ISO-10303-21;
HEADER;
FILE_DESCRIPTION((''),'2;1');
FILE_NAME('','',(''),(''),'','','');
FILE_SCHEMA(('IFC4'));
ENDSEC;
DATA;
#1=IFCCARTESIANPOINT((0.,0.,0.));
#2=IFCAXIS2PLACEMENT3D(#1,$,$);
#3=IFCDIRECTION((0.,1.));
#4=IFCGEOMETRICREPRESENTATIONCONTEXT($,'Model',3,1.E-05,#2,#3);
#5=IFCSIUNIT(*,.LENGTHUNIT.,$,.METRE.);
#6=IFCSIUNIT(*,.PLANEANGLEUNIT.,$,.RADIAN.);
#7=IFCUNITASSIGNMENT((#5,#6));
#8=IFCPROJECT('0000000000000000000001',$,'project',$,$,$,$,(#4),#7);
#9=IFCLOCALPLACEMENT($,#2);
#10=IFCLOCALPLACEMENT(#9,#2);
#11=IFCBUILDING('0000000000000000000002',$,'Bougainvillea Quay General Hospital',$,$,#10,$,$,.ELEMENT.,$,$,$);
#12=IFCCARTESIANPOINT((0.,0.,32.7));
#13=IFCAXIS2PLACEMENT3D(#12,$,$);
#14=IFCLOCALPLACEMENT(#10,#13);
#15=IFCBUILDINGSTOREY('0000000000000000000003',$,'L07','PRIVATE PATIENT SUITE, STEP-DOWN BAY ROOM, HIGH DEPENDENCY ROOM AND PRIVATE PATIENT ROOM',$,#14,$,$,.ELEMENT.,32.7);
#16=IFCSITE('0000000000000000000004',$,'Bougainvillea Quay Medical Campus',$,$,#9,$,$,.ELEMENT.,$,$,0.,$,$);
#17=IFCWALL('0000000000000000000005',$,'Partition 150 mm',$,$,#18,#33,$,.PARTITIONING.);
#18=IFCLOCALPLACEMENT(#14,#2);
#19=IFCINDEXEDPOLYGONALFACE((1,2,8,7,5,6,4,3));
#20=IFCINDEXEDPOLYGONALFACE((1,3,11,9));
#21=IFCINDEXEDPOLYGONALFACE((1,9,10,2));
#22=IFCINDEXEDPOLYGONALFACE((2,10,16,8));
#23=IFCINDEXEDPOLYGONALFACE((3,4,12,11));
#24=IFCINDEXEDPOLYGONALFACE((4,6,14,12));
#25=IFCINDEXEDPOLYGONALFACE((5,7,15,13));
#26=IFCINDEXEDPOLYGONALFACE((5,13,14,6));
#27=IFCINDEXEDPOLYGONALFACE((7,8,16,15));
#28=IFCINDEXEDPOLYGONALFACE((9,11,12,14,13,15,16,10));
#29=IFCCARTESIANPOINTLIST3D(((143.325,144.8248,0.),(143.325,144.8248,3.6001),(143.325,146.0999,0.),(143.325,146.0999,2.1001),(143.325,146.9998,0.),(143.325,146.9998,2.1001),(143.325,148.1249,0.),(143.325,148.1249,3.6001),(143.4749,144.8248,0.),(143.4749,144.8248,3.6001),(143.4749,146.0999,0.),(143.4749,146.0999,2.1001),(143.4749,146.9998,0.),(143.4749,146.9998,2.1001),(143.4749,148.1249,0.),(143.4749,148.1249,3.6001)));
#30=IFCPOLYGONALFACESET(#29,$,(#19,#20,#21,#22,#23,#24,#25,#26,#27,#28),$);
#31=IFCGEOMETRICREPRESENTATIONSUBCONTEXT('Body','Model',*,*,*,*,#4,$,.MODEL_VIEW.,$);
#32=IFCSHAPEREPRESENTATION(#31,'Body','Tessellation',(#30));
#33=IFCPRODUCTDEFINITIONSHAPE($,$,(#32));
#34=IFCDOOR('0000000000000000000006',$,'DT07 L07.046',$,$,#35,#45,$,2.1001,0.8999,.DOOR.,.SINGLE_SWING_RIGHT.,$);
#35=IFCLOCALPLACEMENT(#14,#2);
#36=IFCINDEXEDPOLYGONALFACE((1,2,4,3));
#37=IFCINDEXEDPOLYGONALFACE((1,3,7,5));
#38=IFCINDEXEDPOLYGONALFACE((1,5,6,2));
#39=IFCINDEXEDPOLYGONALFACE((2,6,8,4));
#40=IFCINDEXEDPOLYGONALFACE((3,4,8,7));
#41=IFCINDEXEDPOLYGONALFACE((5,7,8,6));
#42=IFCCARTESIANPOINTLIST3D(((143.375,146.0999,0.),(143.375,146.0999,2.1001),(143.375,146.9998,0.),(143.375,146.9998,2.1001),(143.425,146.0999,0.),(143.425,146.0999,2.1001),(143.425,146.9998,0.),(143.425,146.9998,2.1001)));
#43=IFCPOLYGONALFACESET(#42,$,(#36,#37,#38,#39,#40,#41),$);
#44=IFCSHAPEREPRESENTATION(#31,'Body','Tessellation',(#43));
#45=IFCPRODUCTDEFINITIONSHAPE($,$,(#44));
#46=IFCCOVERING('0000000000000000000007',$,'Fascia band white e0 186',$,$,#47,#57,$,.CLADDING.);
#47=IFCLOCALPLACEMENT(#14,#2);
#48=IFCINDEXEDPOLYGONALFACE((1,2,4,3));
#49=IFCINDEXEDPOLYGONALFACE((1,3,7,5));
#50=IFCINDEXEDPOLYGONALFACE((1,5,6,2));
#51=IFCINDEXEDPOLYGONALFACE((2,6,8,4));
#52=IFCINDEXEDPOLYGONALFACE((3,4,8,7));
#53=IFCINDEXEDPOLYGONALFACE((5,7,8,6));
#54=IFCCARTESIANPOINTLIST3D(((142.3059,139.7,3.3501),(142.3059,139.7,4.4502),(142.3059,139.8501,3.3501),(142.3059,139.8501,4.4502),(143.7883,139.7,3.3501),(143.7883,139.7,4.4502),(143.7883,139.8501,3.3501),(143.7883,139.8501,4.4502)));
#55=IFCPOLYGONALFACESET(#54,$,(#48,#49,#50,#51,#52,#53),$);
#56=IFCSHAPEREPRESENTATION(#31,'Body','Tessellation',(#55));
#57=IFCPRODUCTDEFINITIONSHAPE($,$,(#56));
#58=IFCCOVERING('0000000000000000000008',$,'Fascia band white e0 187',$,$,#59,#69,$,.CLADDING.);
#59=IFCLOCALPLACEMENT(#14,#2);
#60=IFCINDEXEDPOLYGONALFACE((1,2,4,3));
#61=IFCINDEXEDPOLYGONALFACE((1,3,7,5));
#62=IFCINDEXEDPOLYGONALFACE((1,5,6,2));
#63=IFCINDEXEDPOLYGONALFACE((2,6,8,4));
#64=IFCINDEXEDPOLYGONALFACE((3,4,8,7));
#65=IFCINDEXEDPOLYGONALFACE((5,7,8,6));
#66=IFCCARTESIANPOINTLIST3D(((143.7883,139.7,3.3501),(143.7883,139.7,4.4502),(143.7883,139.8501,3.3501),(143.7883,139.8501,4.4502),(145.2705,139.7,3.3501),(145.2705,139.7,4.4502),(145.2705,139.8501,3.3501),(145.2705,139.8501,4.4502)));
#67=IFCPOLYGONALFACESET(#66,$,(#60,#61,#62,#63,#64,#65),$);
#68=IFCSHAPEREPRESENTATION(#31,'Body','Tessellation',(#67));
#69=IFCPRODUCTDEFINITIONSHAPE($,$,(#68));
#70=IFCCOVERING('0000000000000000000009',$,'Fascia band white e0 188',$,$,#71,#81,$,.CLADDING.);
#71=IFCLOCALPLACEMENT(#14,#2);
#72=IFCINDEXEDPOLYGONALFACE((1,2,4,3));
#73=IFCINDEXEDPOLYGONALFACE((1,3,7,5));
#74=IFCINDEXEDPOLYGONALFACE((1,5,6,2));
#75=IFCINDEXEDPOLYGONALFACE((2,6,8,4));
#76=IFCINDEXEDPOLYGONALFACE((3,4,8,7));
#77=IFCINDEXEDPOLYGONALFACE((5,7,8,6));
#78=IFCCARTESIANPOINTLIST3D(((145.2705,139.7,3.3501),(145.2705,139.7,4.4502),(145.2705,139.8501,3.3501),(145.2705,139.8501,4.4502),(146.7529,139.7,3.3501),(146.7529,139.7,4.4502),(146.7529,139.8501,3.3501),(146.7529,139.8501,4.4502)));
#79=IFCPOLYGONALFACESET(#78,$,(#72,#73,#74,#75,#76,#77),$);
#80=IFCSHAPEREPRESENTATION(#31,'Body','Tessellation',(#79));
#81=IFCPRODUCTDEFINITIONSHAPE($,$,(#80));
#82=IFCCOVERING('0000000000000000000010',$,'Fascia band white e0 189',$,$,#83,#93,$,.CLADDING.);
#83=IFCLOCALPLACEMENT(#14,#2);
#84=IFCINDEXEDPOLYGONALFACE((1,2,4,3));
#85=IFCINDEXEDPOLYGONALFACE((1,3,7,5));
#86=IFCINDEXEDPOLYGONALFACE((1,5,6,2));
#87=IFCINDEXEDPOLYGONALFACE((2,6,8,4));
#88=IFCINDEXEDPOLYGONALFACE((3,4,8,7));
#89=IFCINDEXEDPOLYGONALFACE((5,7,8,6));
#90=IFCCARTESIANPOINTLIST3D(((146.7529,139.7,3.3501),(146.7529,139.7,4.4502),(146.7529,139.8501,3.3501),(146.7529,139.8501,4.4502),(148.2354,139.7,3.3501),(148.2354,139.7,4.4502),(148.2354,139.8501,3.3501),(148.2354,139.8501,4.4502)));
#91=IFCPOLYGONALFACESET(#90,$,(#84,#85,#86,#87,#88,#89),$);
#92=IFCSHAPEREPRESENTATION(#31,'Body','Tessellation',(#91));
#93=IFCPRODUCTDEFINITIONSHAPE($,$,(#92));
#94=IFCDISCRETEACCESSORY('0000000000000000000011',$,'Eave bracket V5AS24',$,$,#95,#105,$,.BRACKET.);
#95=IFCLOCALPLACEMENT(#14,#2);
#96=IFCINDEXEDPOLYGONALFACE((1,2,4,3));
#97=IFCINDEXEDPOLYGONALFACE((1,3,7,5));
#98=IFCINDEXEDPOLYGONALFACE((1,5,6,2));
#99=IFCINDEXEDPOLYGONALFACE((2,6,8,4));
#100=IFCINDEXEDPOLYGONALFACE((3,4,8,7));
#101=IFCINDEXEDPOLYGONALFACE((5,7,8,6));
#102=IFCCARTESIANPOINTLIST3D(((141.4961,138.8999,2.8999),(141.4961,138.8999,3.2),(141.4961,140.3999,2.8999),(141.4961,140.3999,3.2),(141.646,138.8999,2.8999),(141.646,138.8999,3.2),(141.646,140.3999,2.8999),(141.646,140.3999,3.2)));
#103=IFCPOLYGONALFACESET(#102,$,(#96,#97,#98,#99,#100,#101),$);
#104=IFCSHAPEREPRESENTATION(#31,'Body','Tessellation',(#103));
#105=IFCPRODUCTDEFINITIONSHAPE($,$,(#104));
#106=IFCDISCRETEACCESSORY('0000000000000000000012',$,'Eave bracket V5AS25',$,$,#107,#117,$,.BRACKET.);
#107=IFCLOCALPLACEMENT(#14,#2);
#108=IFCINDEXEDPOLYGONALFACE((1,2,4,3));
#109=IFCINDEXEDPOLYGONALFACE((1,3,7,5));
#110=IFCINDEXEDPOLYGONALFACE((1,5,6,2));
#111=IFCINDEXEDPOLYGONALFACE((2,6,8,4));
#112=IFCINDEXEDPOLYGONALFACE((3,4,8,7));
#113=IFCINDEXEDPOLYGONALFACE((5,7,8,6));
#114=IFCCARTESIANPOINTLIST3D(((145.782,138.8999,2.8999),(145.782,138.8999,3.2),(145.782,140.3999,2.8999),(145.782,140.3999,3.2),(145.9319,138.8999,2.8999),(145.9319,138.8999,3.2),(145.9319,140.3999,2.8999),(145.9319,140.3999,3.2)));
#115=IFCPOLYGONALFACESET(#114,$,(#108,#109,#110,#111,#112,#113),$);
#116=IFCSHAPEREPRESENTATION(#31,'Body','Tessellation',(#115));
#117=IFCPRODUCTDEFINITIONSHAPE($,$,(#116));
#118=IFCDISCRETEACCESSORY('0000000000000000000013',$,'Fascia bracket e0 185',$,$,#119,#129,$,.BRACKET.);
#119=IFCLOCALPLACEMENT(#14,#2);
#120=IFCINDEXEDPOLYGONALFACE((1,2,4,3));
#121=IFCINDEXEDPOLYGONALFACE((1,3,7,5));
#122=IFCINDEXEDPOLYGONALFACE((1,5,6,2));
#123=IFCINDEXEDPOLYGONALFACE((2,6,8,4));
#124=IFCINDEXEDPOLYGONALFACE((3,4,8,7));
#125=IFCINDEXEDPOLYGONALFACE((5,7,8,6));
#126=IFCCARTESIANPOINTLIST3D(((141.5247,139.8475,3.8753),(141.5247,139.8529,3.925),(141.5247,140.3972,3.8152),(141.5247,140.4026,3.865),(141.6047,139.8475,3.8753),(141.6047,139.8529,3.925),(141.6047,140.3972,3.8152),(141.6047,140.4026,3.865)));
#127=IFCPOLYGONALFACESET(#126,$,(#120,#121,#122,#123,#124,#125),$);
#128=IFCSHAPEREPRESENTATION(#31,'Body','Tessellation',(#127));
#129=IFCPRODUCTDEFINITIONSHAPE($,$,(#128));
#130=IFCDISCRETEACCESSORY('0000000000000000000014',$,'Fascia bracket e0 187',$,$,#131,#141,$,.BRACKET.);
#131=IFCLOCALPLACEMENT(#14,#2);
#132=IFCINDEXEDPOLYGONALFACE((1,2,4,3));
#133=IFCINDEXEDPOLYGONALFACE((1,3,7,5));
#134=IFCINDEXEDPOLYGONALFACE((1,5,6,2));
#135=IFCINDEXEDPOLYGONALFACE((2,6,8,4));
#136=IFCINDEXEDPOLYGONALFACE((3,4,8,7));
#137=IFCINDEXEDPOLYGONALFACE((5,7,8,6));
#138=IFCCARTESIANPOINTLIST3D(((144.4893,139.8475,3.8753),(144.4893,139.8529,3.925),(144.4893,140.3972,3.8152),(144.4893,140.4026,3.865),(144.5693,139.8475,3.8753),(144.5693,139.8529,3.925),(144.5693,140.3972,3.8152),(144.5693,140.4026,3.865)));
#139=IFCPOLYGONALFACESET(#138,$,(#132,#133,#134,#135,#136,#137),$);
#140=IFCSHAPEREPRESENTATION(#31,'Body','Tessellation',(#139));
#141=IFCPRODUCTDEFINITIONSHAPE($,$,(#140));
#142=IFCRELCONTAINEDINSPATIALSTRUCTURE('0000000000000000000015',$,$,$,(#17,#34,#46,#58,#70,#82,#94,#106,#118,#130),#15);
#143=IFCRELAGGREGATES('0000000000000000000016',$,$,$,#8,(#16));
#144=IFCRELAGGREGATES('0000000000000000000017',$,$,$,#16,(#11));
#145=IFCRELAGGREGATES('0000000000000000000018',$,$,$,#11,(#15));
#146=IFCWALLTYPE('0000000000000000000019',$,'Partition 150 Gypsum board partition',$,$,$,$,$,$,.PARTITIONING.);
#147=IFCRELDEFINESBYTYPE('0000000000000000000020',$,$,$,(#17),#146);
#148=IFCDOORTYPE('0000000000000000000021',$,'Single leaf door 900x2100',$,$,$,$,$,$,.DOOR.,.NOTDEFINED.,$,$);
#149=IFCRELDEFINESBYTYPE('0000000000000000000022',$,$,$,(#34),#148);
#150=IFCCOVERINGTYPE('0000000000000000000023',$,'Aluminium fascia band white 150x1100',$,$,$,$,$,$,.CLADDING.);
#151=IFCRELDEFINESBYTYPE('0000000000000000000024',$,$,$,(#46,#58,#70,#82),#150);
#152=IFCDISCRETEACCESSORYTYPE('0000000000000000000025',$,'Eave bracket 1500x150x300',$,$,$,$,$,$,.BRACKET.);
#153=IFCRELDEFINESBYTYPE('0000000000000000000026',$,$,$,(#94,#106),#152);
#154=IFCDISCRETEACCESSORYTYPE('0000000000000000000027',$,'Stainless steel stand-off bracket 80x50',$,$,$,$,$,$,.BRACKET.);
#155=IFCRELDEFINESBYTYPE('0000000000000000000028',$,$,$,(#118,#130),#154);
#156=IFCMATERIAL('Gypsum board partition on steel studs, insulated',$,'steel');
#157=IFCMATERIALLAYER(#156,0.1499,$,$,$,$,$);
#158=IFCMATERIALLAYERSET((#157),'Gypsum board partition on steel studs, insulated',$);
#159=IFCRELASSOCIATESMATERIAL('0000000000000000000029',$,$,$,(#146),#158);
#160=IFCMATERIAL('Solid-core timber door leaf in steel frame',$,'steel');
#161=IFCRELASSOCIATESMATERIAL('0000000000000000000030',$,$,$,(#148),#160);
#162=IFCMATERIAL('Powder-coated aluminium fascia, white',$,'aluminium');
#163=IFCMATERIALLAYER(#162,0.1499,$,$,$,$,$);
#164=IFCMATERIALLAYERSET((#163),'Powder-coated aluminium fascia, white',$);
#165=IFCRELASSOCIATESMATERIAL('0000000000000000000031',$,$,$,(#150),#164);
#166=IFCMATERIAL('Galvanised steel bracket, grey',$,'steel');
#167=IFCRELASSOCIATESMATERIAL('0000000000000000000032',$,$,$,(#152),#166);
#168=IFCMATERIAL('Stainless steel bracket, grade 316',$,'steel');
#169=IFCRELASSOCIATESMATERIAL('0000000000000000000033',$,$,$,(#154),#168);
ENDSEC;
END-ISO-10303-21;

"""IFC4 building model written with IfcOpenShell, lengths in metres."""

from ifc_helpers import new_model, si_unit, direction, frame, frame_2d, origin, origin_2d, place, context, subcontext, project, spatial, polyline, rectangle, outline, extrude, material, layer, layer_set, material_profile, profile_set, type_object, element, fill, save


model = new_model("IFC4")

# Units and contexts
model_context = context("Model", 3, precision=1e-05, world=origin(), true_north=direction((0.0, 1.0)))
body_context = subcontext(model_context, "Body", "Model", "MODEL_VIEW")
ifc_project = project(units=[si_unit("LENGTHUNIT", "METRE"), si_unit("PLANEANGLEUNIT", "RADIAN")], contexts=[model_context])

# Site, building, storey
site_placement = place(None, origin())
site = spatial("IfcSite", under=ifc_project, at=site_placement, Name="Bougainvillea Quay Medical Campus", CompositionType="ELEMENT", RefElevation=0.0)
building_placement = place(site_placement, origin())
building = spatial("IfcBuilding", under=site, at=building_placement, Name="Bougainvillea Quay General Hospital", CompositionType="ELEMENT")
storey_placement = place(building_placement, frame((0.0, 0.0, 32.7)))
storey = spatial("IfcBuildingStorey", under=building, at=storey_placement, Name="L07", Description="PRIVATE PATIENT SUITE, STEP-DOWN BAY ROOM, HIGH DEPENDENCY ROOM AND PRIVATE PATIENT ROOM", CompositionType="ELEMENT", Elevation=32.7)

# Shared definitions
ifc_material_1 = material(Name="Gypsum board partition on steel studs, insulated", Category="steel")
ifc_layer_1 = layer(ifc_material_1, 0.1499)
ifc_layer_set_1 = layer_set([ifc_layer_1], Name="Gypsum board partition on steel studs, insulated")
wall_type = type_object("IfcWallType", Name="Partition 150 Gypsum board partition", PredefinedType="PARTITIONING", material=ifc_layer_set_1)

# Wall, opening, door
wall_1_placement = place(storey_placement, frame((143.3999, 144.825, 0.0), z_axis=(0.0, 0.0, 1.0), x_axis=(0.0, 1.0, 0.0)))
wall_1 = element("IfcWall", 1, at=wall_1_placement, inside=storey, type_object=wall_type, Name="Partition 150 mm", PredefinedType="PARTITIONING", context=body_context, shape_type="SweptSolid", body=[
    extrude(rectangle(XDim=3.3, YDim=0.1499, at=frame_2d((1.6499, 0.0))), origin(), (0.0, 0.0, 1.0), 3.6001),
])
opening_placement = place(wall_1_placement, frame((1.2749, 0.0, 0.0)))
opening = element("IfcOpeningElement", 2, at=opening_placement, cuts=wall_1, PredefinedType="OPENING", context=body_context, shape_type="SweptSolid", body=[
    extrude(rectangle(XDim=0.8999, YDim=2.1001, at=frame_2d((0.45, 1.05))), frame((0.0, 0.085, 0.0), z_axis=(0.0, -1.0, 0.0), x_axis=(1.0, 0.0, 0.0)), (0.0, 0.0, 1.0), 0.1699),
])
ifc_material_2 = material(Name="Solid-core timber door leaf in steel frame", Category="steel")
door_type = type_object("IfcDoorType", Name="Single leaf door 900x2100", OperationType="NOTDEFINED", PredefinedType="DOOR", material=ifc_material_2)
door_placement = place(opening_placement, origin())
door = element("IfcDoor", 3, at=door_placement, inside=storey, type_object=door_type, Name="DT07 L07.046", OperationType="SINGLE_SWING_RIGHT", OverallHeight=2.1001, OverallWidth=0.8999, PredefinedType="DOOR", context=body_context, shape_type="SweptSolid", body=[
    extrude(rectangle(XDim=0.8999, YDim=2.1001, at=frame_2d((0.45, 1.05))), frame((0.0, 0.0249, 0.0), z_axis=(0.0, -1.0, 0.0), x_axis=(1.0, 0.0, 0.0)), (0.0, 0.0, 1.0), 0.05),
])
fill(opening, door)

# Coverings
ifc_material_3 = material(Name="Powder-coated aluminium fascia, white", Category="aluminium")
ifc_layer_2 = layer(ifc_material_3, 0.1499)
ifc_layer_set_2 = layer_set([ifc_layer_2], Name="Powder-coated aluminium fascia, white")
covering_type = type_object("IfcCoveringType", Name="Aluminium fascia band white 150x1100", PredefinedType="CLADDING", material=ifc_layer_set_2)
covering_1_placement = place(storey_placement, frame((142.3059, 139.8501, 3.3501), z_axis=(0.0, 0.0, 1.0), x_axis=(1.0, 0.0, 0.0)))
element("IfcCovering", 4, at=covering_1_placement, inside=storey, type_object=covering_type, Name="Fascia band white e0 186", PredefinedType="CLADDING", context=body_context, shape_type="SweptSolid", body=[
    extrude(outline(polyline([(0.0, 0.0), (1.4824, 0.0), (1.4824, -0.1501), (0.0, -0.1501), (0.0, 0.0)])), origin(), (0.0, 0.0, 1.0), 1.1001),
])
covering_2_placement = place(storey_placement, frame((143.7883, 139.8501, 3.3501), z_axis=(0.0, 0.0, 1.0), x_axis=(1.0, 0.0, 0.0)))
element("IfcCovering", 5, at=covering_2_placement, inside=storey, type_object=covering_type, Name="Fascia band white e0 187", PredefinedType="CLADDING", context=body_context, shape_type="SweptSolid", body=[
    extrude(outline(polyline([(0.0, 0.0), (1.4822, 0.0), (1.4822, -0.1501), (0.0, -0.1501), (0.0, 0.0)])), origin(), (0.0, 0.0, 1.0), 1.1001),
])
for number, where, z_axis, x_axis, name in (
    (6, (145.2705, 139.8501, 3.3501), (0.0, 0.0, 1.0), (1.0, 0.0, 0.0), "Fascia band white e0 188"),
    (7, (146.7529, 139.8501, 3.3501), (0.0, 0.0, 1.0), (1.0, 0.0, 0.0), "Fascia band white e0 189"),
):
    element("IfcCovering", number, at=place(storey_placement, frame(where, z_axis=z_axis, x_axis=x_axis)), inside=storey, type_object=covering_type, Name=name, PredefinedType="CLADDING", context=body_context, shape_type="SweptSolid", body=[
        extrude(outline(polyline([(0.0, 0.0), (1.4824, 0.0), (1.4824, -0.1501), (0.0, -0.1501), (0.0, 0.0)])), origin(), (0.0, 0.0, 1.0), 1.1001),
    ])

# Discrete accessories
ifc_material_4 = material(Name="Galvanised steel bracket, grey", Category="steel")
discrete_accessory_type_1 = type_object("IfcDiscreteAccessoryType", Name="Eave bracket 1500x150x300", PredefinedType="BRACKET", material=ifc_material_4)
for number, where, z_axis, x_axis, name in (
    (8, (141.571, 139.6499, 2.8999), (0.0, 0.0, 1.0), (1.0, 0.0, 0.0), "Eave bracket V5AS24"),
    (9, (145.8569, 139.6499, 2.8999), (0.0, 0.0, 1.0), (1.0, 0.0, 0.0), "Eave bracket V5AS25"),
):
    element("IfcDiscreteAccessory", number, at=place(storey_placement, frame(where, z_axis=z_axis, x_axis=x_axis)), inside=storey, type_object=discrete_accessory_type_1, Name=name, PredefinedType="BRACKET", context=body_context, shape_type="SweptSolid", body=[
        extrude(rectangle(XDim=0.1499, YDim=1.5, at=origin_2d()), origin(), (0.0, 0.0, 1.0), 0.3),
    ])
ifc_material_5 = material(Name="Stainless steel bracket, grade 316", Category="steel")
ifc_material_profile_1 = material_profile(ifc_material_5, rectangle(XDim=0.0801, YDim=0.05, at=origin_2d()))
ifc_profile_set_1 = profile_set([ifc_material_profile_1], Name="Stainless steel bracket, grade 316")
discrete_accessory_type_2 = type_object("IfcDiscreteAccessoryType", Name="Stainless steel stand-off bracket 80x50", PredefinedType="BRACKET", material=ifc_profile_set_1)
for number, where, z_axis, x_axis, name in (
    (10, (141.5647, 140.3999, 3.8401), (0.0, -0.994087, 0.10859), (1.0, 0.0, 0.0), "Fascia bracket e0 185"),
    (11, (144.5293, 140.3999, 3.8401), (0.0, -0.994087, 0.10859), (1.0, 0.0, 0.0), "Fascia bracket e0 187"),
):
    element("IfcDiscreteAccessory", number, at=place(storey_placement, frame(where, z_axis=z_axis, x_axis=x_axis)), inside=storey, type_object=discrete_accessory_type_2, Name=name, PredefinedType="BRACKET", context=body_context, shape_type="SweptSolid", body=[
        extrude(rectangle(XDim=0.0801, YDim=0.05, at=origin_2d()), origin(), (0.0, 0.0, 1.0), 0.553),
    ])

save(model, "model.ifc")
